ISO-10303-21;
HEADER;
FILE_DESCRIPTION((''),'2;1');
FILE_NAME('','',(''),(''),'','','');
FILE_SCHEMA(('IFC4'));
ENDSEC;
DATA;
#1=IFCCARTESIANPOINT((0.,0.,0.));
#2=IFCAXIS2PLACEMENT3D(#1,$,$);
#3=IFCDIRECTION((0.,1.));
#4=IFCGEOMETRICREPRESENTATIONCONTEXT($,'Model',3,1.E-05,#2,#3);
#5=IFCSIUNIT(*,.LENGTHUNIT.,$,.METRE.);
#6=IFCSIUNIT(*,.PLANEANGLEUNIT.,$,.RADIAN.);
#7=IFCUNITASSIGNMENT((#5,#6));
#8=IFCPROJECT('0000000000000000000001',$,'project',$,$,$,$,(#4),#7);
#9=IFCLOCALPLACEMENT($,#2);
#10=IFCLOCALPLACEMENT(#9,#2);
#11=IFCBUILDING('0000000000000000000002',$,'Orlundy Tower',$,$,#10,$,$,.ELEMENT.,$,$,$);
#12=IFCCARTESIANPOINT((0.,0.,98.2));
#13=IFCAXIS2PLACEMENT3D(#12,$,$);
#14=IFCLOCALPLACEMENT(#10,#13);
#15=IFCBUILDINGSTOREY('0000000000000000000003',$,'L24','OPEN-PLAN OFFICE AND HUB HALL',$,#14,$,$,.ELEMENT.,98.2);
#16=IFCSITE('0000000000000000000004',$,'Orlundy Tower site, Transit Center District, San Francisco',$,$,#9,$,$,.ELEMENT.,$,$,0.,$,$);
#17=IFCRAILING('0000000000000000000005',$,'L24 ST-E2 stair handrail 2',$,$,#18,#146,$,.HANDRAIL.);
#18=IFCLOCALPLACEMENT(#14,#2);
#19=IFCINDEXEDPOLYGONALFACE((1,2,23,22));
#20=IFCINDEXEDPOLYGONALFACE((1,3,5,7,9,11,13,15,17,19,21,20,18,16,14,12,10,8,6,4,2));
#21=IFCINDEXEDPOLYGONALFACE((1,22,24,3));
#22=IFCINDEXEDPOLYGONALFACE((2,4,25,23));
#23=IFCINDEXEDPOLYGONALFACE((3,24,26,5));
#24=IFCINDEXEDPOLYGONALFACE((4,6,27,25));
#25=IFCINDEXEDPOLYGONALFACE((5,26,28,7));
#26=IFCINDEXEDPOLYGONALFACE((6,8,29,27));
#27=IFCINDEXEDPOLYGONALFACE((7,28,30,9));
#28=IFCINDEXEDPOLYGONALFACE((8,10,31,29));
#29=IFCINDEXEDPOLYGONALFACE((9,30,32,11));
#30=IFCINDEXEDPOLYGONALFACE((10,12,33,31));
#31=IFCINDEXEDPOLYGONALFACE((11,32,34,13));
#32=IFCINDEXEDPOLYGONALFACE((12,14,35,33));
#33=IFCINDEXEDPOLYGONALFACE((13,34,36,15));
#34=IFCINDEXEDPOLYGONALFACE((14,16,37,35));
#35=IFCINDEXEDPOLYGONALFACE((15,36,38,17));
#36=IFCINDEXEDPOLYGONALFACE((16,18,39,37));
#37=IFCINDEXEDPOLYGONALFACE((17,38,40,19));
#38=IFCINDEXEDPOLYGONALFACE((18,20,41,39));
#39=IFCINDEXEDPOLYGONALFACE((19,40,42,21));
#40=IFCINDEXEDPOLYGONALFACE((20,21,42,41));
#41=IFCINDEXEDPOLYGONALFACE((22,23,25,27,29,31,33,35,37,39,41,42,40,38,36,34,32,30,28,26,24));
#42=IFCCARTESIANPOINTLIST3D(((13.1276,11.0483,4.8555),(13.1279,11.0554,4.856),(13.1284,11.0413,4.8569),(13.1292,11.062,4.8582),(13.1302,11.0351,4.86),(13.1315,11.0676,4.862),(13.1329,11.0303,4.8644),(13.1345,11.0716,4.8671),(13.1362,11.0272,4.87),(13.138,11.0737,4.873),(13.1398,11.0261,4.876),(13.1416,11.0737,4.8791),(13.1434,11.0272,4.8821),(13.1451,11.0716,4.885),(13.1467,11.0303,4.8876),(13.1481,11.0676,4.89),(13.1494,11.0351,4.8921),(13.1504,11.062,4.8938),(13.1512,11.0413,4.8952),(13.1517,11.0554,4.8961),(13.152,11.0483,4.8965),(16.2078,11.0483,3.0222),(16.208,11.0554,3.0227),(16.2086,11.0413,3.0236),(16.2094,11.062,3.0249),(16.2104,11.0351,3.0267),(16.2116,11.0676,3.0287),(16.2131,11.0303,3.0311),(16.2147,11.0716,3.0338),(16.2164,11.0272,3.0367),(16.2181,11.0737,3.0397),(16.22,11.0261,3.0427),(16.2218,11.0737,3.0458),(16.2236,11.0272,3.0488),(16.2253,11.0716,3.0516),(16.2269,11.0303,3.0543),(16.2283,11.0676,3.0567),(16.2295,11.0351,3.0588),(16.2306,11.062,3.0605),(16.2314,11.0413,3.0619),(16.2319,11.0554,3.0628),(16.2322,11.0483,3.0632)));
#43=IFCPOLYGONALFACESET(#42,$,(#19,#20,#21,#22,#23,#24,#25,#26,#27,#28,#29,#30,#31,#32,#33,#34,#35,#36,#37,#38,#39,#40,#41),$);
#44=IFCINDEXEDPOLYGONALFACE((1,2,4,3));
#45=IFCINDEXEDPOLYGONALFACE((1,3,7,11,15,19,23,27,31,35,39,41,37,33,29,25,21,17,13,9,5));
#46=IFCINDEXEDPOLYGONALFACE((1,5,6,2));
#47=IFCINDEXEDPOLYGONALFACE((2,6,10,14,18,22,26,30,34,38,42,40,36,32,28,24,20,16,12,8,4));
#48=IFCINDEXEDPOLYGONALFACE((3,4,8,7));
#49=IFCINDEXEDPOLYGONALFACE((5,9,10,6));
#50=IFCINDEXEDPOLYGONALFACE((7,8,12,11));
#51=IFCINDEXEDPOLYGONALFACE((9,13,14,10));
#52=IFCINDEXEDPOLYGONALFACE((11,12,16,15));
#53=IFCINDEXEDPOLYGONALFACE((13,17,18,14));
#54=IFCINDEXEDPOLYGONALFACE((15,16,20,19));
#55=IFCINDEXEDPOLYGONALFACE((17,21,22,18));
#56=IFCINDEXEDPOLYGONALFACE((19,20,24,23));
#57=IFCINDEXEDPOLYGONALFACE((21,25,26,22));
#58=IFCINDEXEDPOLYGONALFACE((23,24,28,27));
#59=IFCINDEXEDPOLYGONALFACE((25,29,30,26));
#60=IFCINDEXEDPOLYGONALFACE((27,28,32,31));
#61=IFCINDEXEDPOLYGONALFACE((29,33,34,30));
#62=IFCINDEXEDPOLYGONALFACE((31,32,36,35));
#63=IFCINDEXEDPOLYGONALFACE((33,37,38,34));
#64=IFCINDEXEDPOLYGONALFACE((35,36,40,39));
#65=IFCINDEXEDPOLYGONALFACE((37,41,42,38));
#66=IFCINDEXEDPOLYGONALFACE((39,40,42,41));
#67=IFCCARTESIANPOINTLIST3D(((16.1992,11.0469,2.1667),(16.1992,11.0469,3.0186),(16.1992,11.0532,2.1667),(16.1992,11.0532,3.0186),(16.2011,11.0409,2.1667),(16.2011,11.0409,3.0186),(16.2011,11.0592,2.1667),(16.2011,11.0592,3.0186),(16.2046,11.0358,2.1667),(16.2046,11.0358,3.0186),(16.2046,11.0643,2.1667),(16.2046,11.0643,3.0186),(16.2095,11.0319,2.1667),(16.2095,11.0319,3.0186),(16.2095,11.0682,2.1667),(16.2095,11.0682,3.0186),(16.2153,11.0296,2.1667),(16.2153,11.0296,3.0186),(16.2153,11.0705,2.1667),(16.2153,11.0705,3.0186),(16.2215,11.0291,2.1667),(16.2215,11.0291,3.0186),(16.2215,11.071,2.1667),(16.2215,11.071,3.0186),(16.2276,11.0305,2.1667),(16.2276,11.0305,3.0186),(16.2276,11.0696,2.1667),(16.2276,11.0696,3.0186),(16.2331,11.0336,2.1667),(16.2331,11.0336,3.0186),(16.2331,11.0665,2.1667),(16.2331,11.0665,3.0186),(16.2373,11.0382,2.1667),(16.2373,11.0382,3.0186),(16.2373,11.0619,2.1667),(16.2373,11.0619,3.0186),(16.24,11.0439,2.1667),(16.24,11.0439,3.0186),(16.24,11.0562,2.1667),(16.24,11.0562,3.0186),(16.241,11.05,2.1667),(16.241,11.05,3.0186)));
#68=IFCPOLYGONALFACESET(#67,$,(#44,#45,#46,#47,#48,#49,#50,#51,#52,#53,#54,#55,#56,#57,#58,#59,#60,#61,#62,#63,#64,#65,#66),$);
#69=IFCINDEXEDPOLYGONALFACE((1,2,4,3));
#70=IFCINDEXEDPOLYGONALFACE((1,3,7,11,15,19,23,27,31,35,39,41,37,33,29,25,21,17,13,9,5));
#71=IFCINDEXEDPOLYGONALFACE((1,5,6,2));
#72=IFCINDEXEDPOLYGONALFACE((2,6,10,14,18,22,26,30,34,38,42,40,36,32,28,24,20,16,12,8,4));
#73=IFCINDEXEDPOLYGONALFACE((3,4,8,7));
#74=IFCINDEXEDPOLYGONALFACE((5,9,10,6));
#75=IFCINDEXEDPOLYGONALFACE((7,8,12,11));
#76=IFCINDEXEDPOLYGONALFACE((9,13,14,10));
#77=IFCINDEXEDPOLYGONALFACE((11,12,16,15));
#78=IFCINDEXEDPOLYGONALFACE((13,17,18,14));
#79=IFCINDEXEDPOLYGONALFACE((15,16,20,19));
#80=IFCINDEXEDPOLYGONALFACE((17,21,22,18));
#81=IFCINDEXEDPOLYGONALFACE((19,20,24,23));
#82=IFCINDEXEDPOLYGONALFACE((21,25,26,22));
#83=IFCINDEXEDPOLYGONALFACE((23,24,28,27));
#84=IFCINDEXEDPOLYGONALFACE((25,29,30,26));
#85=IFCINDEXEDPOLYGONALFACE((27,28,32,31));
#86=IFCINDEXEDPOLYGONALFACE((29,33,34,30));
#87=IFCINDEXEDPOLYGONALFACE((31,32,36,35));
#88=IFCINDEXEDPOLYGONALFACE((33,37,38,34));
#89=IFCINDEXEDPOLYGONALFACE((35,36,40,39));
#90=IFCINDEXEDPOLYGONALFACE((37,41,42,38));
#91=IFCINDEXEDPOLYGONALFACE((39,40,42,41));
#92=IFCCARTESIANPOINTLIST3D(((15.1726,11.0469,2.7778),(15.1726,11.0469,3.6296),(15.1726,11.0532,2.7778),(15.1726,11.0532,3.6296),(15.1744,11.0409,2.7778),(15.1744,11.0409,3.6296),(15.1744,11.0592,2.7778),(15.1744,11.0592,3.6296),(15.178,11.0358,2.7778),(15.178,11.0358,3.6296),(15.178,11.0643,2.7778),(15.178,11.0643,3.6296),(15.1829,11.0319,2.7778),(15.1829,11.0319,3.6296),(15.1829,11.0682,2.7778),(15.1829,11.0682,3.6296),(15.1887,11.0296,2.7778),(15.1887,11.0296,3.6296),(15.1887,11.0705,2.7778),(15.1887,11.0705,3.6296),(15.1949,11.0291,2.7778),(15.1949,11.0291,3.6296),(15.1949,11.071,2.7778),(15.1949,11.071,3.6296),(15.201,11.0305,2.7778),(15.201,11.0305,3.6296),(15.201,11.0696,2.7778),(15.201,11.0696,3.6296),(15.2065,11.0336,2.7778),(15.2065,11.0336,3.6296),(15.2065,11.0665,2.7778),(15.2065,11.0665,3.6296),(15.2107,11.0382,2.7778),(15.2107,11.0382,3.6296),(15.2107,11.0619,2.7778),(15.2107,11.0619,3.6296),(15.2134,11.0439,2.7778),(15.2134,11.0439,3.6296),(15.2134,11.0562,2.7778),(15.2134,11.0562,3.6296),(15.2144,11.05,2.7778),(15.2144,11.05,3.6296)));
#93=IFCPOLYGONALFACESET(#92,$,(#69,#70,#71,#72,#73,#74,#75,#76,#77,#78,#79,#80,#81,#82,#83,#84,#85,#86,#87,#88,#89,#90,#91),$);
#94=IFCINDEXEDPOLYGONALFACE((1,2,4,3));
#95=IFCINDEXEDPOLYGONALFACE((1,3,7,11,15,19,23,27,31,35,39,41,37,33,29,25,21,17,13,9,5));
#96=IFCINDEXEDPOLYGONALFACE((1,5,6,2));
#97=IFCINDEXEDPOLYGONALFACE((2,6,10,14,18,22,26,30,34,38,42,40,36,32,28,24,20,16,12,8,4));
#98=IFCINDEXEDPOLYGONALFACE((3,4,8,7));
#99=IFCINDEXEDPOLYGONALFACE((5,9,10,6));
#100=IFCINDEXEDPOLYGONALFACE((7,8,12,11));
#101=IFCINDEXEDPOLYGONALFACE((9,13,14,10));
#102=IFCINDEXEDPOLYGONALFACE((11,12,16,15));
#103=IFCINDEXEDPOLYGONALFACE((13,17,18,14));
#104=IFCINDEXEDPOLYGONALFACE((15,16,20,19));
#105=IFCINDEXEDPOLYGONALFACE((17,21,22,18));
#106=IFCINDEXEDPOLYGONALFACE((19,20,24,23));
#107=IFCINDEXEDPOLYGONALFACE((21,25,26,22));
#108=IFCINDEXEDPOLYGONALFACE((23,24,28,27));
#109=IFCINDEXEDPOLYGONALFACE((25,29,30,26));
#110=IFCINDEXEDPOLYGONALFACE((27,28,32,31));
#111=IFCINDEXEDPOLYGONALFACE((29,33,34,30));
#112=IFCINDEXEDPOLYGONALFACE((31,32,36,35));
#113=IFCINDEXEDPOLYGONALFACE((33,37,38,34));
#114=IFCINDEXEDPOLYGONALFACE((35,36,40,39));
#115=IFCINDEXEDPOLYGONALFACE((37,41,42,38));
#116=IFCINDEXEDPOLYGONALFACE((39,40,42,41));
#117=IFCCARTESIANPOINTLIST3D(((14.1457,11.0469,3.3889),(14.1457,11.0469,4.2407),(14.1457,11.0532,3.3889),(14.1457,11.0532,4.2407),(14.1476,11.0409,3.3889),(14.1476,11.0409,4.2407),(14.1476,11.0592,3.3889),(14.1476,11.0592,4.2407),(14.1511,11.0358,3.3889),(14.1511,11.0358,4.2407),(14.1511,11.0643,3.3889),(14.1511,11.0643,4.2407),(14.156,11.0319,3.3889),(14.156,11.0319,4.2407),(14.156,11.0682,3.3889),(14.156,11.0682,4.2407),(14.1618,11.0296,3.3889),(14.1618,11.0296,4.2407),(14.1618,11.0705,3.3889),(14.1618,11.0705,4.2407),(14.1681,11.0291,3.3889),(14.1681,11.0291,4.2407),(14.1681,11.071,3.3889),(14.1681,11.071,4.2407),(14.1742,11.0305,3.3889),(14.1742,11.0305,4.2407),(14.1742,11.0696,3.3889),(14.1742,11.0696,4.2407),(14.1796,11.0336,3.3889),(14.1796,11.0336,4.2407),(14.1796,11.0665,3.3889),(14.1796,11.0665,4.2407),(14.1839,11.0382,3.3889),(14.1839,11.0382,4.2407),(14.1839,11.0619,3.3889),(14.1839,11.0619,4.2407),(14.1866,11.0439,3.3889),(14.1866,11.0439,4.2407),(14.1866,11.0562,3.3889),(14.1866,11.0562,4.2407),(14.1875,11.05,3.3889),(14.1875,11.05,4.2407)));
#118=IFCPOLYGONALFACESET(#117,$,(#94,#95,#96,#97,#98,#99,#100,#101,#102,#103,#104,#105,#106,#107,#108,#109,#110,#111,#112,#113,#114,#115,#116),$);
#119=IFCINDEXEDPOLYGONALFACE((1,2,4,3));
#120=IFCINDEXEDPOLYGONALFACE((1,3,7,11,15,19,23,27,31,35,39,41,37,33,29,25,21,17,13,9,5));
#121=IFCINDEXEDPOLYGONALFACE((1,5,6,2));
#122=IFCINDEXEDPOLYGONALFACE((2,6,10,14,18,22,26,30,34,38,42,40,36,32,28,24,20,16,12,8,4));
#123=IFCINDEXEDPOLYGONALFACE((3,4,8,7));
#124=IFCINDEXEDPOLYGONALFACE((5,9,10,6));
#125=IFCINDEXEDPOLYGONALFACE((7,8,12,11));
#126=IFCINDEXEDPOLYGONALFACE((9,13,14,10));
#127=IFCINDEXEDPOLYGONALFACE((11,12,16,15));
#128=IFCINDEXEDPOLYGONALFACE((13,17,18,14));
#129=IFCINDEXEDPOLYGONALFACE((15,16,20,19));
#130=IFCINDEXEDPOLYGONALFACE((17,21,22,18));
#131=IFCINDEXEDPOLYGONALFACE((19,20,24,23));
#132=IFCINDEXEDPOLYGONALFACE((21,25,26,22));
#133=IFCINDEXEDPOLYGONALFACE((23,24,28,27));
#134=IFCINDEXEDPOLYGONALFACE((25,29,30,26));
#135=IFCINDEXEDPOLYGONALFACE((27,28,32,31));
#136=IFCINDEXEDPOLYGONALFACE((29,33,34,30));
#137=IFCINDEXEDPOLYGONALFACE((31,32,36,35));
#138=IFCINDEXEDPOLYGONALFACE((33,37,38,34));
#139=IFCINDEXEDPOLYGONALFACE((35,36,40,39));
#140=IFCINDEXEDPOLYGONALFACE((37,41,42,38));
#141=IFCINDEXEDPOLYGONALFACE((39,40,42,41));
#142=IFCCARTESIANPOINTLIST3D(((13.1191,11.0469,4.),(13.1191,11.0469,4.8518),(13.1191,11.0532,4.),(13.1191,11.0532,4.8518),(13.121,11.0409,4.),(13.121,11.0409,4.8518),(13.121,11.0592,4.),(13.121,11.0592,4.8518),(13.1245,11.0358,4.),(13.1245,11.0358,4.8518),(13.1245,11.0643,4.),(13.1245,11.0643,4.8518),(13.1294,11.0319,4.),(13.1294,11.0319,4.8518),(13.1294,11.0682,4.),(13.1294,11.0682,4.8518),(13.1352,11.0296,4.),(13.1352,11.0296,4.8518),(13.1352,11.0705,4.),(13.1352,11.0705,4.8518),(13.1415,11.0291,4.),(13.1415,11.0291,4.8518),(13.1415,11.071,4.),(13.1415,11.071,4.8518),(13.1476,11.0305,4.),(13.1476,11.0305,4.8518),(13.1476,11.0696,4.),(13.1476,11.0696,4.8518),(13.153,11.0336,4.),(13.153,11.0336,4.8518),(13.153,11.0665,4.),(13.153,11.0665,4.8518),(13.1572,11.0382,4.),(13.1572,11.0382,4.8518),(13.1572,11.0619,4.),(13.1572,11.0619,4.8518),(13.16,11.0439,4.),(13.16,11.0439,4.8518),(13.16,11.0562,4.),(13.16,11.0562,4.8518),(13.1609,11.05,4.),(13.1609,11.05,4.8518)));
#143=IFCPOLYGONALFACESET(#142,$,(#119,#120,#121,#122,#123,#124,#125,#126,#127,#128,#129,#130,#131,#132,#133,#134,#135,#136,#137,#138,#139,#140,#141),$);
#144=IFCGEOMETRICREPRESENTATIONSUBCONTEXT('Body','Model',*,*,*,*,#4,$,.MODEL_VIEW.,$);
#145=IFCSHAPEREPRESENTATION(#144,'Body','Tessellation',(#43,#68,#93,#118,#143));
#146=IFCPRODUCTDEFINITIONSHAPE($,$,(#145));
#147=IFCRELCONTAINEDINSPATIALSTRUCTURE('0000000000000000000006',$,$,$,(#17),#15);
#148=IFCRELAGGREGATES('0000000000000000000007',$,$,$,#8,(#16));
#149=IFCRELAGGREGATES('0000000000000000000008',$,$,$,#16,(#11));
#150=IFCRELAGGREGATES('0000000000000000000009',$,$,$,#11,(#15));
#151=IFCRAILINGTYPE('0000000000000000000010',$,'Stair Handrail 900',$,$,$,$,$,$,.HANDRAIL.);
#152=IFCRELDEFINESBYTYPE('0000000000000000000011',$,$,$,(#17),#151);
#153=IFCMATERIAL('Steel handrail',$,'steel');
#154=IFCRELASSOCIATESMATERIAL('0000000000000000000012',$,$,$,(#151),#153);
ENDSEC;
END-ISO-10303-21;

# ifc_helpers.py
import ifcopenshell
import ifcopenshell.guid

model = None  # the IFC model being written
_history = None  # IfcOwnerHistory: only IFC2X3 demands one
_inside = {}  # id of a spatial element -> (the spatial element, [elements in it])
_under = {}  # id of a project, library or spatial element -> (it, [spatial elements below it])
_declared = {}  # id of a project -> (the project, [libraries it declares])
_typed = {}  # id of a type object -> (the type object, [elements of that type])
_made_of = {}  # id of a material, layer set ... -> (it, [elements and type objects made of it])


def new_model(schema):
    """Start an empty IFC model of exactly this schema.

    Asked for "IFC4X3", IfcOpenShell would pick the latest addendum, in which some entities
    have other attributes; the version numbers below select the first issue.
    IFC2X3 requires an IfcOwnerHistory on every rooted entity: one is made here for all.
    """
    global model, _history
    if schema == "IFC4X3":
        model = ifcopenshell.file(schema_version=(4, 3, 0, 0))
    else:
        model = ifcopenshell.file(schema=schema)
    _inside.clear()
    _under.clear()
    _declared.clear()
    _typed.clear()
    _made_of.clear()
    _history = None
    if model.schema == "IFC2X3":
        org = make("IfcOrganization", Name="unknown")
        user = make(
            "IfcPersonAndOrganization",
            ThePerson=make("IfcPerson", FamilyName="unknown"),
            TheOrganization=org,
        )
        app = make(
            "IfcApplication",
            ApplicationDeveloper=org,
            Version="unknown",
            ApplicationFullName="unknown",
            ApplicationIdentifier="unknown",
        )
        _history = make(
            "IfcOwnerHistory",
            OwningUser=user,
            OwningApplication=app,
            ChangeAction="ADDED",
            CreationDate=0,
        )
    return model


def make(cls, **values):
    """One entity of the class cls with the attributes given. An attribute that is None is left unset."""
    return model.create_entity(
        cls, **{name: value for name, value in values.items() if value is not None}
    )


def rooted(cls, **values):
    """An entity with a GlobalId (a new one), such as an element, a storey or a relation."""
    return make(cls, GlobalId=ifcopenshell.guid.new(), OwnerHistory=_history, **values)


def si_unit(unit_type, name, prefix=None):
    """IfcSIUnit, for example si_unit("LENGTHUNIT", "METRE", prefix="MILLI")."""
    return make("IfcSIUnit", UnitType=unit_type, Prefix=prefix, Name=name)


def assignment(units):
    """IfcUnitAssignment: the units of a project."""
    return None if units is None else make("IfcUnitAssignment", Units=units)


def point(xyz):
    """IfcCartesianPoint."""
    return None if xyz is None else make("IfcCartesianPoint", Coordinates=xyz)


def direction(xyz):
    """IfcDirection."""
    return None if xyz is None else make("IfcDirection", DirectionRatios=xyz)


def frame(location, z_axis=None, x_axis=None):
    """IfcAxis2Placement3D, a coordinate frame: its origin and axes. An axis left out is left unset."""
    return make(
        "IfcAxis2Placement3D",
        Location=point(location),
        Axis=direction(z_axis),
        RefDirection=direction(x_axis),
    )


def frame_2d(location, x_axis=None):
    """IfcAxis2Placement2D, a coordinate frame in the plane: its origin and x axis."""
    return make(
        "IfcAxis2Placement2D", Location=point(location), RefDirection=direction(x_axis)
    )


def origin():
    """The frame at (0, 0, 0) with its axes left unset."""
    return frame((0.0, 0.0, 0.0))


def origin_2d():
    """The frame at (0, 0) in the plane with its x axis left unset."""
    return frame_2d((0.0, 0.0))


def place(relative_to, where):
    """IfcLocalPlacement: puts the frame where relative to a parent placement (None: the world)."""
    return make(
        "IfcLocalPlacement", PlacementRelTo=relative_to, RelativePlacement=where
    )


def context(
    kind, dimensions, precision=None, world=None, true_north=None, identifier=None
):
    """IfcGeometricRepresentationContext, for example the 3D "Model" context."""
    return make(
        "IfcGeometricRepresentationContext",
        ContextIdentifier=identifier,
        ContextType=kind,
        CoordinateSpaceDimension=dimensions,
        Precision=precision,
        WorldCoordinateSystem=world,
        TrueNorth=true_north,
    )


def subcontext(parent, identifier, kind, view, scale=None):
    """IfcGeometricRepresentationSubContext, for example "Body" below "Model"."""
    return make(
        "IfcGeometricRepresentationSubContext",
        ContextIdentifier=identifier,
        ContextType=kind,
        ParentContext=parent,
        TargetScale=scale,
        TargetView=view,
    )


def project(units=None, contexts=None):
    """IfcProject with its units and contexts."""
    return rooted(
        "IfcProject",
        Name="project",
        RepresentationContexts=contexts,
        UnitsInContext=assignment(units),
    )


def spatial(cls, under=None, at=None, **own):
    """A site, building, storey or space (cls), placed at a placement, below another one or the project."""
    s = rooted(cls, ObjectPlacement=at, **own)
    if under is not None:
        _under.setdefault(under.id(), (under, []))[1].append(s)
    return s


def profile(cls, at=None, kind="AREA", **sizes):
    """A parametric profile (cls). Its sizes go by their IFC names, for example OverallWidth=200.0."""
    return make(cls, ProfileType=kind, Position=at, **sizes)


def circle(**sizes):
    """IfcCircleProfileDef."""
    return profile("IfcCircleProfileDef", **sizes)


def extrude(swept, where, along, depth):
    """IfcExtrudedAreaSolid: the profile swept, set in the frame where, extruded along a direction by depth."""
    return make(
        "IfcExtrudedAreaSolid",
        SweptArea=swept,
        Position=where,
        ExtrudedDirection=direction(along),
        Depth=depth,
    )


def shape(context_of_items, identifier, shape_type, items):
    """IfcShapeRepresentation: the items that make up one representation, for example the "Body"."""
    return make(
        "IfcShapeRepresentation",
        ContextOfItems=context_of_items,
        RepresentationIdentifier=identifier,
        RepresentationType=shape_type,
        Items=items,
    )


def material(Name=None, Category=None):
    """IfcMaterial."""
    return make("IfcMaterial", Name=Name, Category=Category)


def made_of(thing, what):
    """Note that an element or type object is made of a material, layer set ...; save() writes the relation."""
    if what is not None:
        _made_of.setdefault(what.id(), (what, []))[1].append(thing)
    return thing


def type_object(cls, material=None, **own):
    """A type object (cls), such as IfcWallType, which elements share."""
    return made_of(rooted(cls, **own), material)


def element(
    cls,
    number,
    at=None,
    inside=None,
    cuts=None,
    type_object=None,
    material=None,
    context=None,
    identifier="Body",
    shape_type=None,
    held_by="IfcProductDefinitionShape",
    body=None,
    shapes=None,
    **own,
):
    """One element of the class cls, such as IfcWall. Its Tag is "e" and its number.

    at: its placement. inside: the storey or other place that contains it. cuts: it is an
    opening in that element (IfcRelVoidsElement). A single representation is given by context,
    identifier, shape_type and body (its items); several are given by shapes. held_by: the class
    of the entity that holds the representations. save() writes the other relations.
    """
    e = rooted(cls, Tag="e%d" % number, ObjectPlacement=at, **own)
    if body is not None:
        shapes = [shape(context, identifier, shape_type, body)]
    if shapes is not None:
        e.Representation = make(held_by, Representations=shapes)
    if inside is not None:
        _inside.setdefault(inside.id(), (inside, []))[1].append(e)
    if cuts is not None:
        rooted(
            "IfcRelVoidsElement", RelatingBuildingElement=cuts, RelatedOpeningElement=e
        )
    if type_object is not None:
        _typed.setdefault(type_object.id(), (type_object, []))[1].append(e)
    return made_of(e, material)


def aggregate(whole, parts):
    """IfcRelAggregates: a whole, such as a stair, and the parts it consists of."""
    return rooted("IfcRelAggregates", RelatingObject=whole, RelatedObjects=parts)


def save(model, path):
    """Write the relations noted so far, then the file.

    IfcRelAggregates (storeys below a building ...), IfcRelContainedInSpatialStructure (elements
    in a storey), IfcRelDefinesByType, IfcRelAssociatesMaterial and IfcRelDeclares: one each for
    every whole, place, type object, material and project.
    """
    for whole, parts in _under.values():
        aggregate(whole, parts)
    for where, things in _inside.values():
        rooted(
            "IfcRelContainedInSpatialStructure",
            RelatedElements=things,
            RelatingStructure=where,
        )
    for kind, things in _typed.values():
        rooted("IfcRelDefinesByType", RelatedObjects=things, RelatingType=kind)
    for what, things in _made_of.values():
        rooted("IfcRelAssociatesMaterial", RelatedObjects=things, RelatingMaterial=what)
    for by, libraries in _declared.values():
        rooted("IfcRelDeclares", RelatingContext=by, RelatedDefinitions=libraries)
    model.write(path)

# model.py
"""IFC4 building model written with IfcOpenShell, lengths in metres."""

from ifc_helpers import new_model, si_unit, direction, frame, origin, origin_2d, place, context, subcontext, project, spatial, circle, extrude, material, type_object, element, save


model = new_model("IFC4")

# Units and contexts
model_context = context("Model", 3, precision=1e-05, world=origin(), true_north=direction((0.0, 1.0)))
body_context = subcontext(model_context, "Body", "Model", "MODEL_VIEW")
ifc_project = project(units=[si_unit("LENGTHUNIT", "METRE"), si_unit("PLANEANGLEUNIT", "RADIAN")], contexts=[model_context])

# Site, building, storey
site_placement = place(None, origin())
site = spatial("IfcSite", under=ifc_project, at=site_placement, Name="Orlundy Tower site, Transit Center District, San Francisco", CompositionType="ELEMENT", RefElevation=0.0)
building_placement = place(site_placement, origin())
building = spatial("IfcBuilding", under=site, at=building_placement, Name="Orlundy Tower", CompositionType="ELEMENT")
storey_placement = place(building_placement, frame((0.0, 0.0, 98.2)))
storey = spatial("IfcBuildingStorey", under=building, at=storey_placement, Name="L24", Description="OPEN-PLAN OFFICE AND HUB HALL", CompositionType="ELEMENT", Elevation=98.2)

# Railing
ifc_material_1 = material(Name="Steel handrail", Category="steel")
railing_type_1 = type_object("IfcRailingType", Name="Stair Handrail 900", PredefinedType="HANDRAIL", material=ifc_material_1)
railing_1_placement = place(storey_placement, frame((16.22, 11.05, 2.1667)))
element("IfcRailing", 1, at=railing_1_placement, inside=storey, type_object=railing_type_1, Name="L24 ST-E2 stair handrail 2", PredefinedType="HANDRAIL", context=body_context, shape_type="SweptSolid", body=[
    extrude(circle(Radius=0.0239, at=origin_2d()), frame((0.0, 0.0, 0.876), z_axis=(-0.859309, 0.0, 0.511458), x_axis=(0.0, -1.0, 0.0)), (0.0, 0.0, 1.0), 3.5845),
    extrude(circle(Radius=0.021, at=origin_2d()), origin(), (0.0, 0.0, 1.0), 0.8518),
    extrude(circle(Radius=0.021, at=origin_2d()), frame((-1.0266, 0.0, 0.6111)), (0.0, 0.0, 1.0), 0.8518),
    extrude(circle(Radius=0.021, at=origin_2d()), frame((-2.0535, 0.0, 1.2222)), (0.0, 0.0, 1.0), 0.8518),
    extrude(circle(Radius=0.021, at=origin_2d()), frame((-3.0801, 0.0, 1.8333)), (0.0, 0.0, 1.0), 0.8518),
])

save(model, "model.ifc")
